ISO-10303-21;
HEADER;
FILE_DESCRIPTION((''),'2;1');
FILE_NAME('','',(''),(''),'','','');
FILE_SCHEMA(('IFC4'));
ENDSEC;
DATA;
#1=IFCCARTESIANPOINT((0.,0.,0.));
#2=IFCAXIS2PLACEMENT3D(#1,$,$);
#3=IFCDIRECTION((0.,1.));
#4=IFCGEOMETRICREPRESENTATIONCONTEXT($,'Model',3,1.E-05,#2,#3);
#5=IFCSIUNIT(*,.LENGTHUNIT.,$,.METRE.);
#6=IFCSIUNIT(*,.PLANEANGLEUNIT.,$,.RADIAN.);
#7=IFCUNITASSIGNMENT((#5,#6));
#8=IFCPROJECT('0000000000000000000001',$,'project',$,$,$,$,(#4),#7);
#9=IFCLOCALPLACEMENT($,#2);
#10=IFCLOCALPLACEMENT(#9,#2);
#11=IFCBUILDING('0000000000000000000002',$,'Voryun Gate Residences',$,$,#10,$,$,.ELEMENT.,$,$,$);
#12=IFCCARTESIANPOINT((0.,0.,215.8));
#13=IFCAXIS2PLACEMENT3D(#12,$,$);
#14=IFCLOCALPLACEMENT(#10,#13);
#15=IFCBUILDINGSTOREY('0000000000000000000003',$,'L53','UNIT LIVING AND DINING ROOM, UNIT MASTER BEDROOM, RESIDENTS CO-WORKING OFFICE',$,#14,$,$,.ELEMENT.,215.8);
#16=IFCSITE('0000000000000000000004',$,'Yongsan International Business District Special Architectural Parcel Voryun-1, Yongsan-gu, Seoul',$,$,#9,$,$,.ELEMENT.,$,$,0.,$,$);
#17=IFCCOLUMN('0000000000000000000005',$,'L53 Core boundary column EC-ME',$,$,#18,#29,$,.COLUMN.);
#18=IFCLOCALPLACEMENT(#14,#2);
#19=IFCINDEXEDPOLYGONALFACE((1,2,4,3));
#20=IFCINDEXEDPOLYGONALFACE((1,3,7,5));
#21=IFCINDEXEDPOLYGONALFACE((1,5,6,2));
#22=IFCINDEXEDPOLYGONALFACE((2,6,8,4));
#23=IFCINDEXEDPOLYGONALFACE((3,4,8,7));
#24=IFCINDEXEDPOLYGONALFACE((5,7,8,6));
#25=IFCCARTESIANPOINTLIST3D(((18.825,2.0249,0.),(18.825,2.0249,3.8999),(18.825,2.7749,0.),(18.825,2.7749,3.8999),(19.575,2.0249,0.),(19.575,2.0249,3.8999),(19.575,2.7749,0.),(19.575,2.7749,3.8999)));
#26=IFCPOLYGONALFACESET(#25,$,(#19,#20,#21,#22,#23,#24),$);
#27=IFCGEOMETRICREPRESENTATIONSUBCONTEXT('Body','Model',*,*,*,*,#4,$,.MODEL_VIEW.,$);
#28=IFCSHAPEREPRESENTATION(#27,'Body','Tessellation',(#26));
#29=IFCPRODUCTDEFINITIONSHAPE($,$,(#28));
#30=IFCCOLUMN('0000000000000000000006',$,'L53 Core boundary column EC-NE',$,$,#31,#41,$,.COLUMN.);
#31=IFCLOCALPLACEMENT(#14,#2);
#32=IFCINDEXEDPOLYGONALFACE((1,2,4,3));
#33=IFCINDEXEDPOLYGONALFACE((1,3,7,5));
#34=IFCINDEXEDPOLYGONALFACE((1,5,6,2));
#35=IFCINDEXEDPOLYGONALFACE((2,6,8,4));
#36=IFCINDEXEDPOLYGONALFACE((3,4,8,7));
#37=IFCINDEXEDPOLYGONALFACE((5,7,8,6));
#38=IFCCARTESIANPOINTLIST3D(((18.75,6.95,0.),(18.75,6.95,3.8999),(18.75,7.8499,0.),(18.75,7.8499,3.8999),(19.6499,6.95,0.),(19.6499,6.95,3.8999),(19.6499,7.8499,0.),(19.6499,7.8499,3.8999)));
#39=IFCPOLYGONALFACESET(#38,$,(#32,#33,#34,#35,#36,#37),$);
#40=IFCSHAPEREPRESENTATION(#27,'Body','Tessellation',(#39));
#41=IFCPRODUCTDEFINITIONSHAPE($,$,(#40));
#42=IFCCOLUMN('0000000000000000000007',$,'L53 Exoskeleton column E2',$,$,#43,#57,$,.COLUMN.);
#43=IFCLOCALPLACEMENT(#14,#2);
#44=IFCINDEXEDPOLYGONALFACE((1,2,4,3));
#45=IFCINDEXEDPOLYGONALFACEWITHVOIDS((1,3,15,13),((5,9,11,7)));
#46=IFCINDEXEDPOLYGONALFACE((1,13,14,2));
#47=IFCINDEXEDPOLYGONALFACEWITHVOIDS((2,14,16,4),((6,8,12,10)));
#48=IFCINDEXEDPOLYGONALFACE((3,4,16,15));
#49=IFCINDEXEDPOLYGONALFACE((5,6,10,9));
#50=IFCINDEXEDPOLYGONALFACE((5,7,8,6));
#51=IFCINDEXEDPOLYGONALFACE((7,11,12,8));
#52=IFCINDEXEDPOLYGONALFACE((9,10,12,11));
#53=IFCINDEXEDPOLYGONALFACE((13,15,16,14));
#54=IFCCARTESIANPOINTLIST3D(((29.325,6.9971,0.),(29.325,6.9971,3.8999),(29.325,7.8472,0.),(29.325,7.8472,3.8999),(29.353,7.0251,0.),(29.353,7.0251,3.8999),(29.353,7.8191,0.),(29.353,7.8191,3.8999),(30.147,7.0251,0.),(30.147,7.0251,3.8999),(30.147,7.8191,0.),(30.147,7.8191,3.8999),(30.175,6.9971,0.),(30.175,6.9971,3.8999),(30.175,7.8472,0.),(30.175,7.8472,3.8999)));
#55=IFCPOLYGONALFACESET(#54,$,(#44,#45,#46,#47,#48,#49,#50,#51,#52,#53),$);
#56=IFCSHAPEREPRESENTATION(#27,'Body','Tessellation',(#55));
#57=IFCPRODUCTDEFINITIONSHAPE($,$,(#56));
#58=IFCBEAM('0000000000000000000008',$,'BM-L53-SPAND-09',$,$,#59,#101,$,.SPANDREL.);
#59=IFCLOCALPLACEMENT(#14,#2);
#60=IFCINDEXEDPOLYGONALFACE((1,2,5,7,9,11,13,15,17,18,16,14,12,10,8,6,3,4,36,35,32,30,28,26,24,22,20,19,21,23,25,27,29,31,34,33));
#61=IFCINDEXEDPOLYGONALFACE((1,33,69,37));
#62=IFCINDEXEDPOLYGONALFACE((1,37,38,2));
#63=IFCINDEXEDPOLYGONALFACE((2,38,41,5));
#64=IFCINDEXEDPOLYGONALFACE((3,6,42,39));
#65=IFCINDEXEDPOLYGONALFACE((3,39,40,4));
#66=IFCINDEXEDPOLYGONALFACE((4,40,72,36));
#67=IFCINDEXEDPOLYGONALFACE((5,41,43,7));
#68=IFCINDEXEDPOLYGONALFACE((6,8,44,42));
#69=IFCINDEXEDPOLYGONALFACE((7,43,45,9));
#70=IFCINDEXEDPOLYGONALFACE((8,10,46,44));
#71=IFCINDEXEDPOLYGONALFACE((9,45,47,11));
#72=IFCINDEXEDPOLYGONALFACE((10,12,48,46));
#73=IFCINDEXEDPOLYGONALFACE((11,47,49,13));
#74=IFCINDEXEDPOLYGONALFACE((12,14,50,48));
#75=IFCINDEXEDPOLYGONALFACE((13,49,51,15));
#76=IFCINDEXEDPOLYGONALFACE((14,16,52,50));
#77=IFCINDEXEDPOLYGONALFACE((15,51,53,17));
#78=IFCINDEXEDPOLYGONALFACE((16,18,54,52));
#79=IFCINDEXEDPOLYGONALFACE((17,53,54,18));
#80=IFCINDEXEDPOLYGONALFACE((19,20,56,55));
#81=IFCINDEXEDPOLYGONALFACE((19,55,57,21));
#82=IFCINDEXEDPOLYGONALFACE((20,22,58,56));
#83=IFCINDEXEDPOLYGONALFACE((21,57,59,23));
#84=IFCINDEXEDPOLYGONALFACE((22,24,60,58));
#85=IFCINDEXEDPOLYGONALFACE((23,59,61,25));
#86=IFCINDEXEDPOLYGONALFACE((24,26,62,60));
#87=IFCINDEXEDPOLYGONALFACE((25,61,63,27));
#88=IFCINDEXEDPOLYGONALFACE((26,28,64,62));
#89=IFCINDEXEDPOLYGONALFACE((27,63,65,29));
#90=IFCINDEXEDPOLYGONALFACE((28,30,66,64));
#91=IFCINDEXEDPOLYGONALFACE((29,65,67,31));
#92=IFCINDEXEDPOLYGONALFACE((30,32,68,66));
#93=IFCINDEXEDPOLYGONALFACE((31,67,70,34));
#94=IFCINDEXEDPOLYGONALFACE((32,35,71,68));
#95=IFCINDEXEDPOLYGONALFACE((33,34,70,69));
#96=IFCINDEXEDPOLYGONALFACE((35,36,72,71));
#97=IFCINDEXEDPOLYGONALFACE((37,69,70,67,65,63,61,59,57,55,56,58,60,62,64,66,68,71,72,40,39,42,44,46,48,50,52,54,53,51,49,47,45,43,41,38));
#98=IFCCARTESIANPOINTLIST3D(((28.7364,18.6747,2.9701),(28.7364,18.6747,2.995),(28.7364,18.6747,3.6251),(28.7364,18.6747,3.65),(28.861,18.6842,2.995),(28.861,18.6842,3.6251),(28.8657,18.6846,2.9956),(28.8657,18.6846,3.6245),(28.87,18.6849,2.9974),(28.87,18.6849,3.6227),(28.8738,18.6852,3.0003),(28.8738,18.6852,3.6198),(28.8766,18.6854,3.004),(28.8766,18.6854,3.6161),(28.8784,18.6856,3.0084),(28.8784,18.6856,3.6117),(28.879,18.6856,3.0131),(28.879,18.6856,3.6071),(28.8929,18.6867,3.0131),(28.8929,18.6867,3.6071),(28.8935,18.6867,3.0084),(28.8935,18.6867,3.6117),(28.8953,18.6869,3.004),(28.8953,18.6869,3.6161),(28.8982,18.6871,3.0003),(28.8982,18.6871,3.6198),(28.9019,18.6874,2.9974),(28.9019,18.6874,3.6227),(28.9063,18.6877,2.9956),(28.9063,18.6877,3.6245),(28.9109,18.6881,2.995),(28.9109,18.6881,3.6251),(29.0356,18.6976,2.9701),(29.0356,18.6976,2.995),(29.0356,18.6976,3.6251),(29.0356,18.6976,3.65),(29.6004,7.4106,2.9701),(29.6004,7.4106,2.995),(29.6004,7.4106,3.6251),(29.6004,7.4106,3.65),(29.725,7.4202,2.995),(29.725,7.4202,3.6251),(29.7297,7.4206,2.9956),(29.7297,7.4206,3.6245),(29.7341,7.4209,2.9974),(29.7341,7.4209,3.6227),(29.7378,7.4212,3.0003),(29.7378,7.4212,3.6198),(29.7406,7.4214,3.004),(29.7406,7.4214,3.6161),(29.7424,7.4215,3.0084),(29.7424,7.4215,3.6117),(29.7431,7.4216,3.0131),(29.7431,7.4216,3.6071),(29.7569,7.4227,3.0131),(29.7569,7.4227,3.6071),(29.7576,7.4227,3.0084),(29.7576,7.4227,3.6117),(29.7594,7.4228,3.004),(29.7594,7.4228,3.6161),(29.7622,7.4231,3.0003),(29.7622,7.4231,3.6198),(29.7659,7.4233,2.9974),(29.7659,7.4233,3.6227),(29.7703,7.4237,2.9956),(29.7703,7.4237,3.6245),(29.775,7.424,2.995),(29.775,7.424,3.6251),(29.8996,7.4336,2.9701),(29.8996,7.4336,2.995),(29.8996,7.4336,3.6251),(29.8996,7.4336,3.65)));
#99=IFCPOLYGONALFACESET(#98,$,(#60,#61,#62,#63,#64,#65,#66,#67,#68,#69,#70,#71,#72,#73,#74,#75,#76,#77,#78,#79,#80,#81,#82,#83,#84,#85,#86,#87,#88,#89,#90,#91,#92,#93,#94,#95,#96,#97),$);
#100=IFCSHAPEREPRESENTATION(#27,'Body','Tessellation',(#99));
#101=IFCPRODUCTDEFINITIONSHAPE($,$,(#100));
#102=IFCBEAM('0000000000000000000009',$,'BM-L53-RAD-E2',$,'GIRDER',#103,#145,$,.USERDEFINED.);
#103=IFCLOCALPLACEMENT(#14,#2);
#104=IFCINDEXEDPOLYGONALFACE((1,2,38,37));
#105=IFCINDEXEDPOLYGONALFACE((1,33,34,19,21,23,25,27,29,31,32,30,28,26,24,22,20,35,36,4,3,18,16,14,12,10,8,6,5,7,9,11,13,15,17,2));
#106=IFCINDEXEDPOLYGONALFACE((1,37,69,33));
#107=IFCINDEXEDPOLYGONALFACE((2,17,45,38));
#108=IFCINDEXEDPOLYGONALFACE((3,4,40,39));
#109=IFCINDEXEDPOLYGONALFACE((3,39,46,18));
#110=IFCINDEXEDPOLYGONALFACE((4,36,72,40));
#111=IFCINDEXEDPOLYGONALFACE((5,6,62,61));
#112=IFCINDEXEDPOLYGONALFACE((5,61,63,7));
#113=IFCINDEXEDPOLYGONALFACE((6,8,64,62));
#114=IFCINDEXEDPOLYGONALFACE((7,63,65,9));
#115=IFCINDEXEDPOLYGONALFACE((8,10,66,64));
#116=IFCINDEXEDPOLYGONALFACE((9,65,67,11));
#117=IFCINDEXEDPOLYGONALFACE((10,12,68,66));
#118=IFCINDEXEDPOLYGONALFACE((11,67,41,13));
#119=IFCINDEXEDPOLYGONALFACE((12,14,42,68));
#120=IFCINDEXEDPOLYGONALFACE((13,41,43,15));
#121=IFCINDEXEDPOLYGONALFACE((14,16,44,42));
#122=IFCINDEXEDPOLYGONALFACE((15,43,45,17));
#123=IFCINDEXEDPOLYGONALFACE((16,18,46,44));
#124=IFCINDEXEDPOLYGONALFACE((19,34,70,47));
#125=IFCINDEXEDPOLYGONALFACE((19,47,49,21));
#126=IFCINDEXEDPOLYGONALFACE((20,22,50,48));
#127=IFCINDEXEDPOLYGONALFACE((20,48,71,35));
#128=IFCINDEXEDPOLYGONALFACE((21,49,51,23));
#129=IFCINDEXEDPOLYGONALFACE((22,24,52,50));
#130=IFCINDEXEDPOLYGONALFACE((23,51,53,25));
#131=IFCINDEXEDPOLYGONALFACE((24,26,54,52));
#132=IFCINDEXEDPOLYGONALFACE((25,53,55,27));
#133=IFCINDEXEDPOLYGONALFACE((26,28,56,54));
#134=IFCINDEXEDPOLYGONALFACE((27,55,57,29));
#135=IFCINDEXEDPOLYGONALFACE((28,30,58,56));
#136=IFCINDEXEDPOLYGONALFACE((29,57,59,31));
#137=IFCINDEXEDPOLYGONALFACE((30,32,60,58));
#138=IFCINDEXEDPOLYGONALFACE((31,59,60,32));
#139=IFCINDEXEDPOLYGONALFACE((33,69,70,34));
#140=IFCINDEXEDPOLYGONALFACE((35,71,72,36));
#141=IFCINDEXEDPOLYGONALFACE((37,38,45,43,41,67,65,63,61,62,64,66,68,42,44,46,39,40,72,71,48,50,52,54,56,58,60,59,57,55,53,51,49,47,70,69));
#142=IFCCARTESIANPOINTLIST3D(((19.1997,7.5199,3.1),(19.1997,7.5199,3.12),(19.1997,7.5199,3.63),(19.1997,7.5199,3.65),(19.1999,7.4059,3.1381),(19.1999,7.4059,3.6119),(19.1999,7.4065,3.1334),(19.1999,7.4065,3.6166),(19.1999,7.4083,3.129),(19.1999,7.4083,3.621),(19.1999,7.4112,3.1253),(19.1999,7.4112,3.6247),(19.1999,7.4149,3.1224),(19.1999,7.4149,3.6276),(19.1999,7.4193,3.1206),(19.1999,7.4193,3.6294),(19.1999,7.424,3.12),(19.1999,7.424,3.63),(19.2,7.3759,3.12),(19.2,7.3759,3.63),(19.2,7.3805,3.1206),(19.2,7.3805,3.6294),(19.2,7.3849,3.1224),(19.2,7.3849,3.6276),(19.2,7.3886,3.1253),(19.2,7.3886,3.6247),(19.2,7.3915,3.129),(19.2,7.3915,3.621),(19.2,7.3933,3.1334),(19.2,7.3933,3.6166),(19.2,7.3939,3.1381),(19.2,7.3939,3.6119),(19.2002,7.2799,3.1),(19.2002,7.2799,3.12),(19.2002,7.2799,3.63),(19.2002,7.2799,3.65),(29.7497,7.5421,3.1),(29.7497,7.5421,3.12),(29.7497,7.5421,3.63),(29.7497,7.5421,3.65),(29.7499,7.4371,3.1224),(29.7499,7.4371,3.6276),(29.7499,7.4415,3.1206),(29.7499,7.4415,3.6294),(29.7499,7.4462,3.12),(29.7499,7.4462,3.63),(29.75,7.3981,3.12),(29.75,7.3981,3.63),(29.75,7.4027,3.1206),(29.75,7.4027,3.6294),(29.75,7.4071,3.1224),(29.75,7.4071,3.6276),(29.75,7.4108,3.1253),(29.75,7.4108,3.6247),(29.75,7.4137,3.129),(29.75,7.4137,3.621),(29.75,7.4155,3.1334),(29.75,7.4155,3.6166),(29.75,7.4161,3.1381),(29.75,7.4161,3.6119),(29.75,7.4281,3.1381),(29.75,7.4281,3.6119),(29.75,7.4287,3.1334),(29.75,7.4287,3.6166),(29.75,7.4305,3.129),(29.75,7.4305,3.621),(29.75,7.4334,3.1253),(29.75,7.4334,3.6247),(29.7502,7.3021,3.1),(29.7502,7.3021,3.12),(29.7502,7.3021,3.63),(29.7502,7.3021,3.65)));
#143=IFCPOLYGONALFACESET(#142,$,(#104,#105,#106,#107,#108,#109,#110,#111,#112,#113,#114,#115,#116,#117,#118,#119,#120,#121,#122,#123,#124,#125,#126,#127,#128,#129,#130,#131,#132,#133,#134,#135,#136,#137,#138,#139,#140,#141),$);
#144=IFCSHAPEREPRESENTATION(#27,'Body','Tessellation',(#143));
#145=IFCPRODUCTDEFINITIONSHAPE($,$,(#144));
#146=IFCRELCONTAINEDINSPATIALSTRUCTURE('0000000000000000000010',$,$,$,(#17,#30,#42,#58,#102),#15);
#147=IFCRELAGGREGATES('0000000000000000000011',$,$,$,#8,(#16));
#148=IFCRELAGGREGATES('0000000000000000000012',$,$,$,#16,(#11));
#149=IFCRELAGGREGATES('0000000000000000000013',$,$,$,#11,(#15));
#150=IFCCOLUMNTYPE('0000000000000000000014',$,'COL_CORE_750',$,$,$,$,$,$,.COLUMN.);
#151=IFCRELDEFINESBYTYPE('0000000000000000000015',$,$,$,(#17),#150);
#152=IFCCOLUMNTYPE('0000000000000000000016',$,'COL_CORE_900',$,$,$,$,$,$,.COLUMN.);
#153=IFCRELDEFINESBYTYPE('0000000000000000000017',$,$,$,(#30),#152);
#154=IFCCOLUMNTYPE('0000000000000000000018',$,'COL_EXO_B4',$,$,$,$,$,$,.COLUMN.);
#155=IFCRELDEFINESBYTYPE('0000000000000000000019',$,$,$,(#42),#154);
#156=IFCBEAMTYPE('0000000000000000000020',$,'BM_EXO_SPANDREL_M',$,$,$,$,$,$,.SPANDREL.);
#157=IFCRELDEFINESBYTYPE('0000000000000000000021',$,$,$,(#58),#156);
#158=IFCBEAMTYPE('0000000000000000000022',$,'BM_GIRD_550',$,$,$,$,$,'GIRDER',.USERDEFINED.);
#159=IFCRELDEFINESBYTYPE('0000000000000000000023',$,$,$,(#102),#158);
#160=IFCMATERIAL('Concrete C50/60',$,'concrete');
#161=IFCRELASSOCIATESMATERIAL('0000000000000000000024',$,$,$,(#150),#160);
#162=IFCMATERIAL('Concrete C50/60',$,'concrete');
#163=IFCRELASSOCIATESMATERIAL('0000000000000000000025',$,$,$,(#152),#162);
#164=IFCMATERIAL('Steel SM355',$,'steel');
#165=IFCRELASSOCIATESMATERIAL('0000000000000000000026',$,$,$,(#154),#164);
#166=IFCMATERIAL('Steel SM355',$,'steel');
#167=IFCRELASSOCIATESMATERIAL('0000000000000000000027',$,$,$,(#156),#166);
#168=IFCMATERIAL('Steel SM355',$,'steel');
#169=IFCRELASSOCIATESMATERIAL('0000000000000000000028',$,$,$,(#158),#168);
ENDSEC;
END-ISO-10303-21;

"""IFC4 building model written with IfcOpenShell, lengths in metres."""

from ifc_helpers import new_model, si_unit, direction, frame, origin, origin_2d, place, context, subcontext, project, spatial, rectangle, hollow_rectangle, i_section, extrude, material, material_profile, profile_set, type_object, element, save


model = new_model("IFC4")

# Units and contexts
model_context = context("Model", 3, precision=1e-05, world=origin(), true_north=direction((0.0, 1.0)))
body_context = subcontext(model_context, "Body", "Model", "MODEL_VIEW")
ifc_project = project(units=[si_unit("LENGTHUNIT", "METRE"), si_unit("PLANEANGLEUNIT", "RADIAN")], contexts=[model_context])

# Site, building, storey
site_placement = place(None, origin())
site = spatial("IfcSite", under=ifc_project, at=site_placement, Name="Yongsan International Business District Special Architectural Parcel Voryun-1, Yongsan-gu, Seoul", CompositionType="ELEMENT", RefElevation=0.0)
building_placement = place(site_placement, origin())
building = spatial("IfcBuilding", under=site, at=building_placement, Name="Voryun Gate Residences", CompositionType="ELEMENT")
storey_placement = place(building_placement, frame((0.0, 0.0, 215.8)))
storey = spatial("IfcBuildingStorey", under=building, at=storey_placement, Name="L53", Description="UNIT LIVING AND DINING ROOM, UNIT MASTER BEDROOM, RESIDENTS CO-WORKING OFFICE", CompositionType="ELEMENT", Elevation=215.8)

# Columns
ifc_material_1 = material(Name="Concrete C50/60", Category="concrete")
ifc_material_profile_1 = material_profile(ifc_material_1, rectangle(XDim=0.75, YDim=0.75, at=origin_2d()), Name="RC-750x750")
ifc_profile_set_1 = profile_set([ifc_material_profile_1], Name="Concrete C50/60")
column_type_1 = type_object("IfcColumnType", Name="COL_CORE_750", PredefinedType="COLUMN", material=ifc_profile_set_1)
column_1_placement = place(storey_placement, frame((19.2, 2.3999, 0.0), z_axis=(0.0, 0.0, 1.0), x_axis=(1.0, 0.0, 0.0)))
element("IfcColumn", 1, at=column_1_placement, inside=storey, type_object=column_type_1, Name="L53 Core boundary column EC-ME", PredefinedType="COLUMN", context=body_context, shape_type="SweptSolid", body=[
    extrude(rectangle(XDim=0.75, YDim=0.75, at=origin_2d()), origin(), (0.0, 0.0, 1.0), 3.8999),
])
ifc_material_2 = material(Name="Concrete C50/60", Category="concrete")
ifc_material_profile_2 = material_profile(ifc_material_2, rectangle(XDim=0.8999, YDim=0.8999, at=origin_2d()), Name="RC-900x900")
ifc_profile_set_2 = profile_set([ifc_material_profile_2], Name="Concrete C50/60")
column_type_2 = type_object("IfcColumnType", Name="COL_CORE_900", PredefinedType="COLUMN", material=ifc_profile_set_2)
column_2_placement = place(storey_placement, frame((19.2, 7.3999, 0.0), z_axis=(0.0, 0.0, 1.0), x_axis=(1.0, 0.0, 0.0)))
element("IfcColumn", 2, at=column_2_placement, inside=storey, type_object=column_type_2, Name="L53 Core boundary column EC-NE", PredefinedType="COLUMN", context=body_context, shape_type="SweptSolid", body=[
    extrude(rectangle(XDim=0.8999, YDim=0.8999, at=origin_2d()), origin(), (0.0, 0.0, 1.0), 3.8999),
])
ifc_material_3 = material(Name="Steel SM355", Category="steel")
ifc_material_profile_3 = material_profile(ifc_material_3, hollow_rectangle(XDim=0.8501, YDim=0.8501, WallThickness=0.0281, at=origin_2d()), Name="BOX-850x850x28")
ifc_profile_set_3 = profile_set([ifc_material_profile_3], Name="Steel SM355")
column_type_3 = type_object("IfcColumnType", Name="COL_EXO_B4", PredefinedType="COLUMN", material=ifc_profile_set_3)
column_3_placement = place(storey_placement, frame((29.75, 7.4221, 0.0), z_axis=(0.0, 0.0, 1.0), x_axis=(1.0, 0.0, 0.0)))
element("IfcColumn", 3, at=column_3_placement, inside=storey, type_object=column_type_3, Name="L53 Exoskeleton column E2", PredefinedType="COLUMN", context=body_context, shape_type="SweptSolid", body=[
    extrude(hollow_rectangle(XDim=0.8501, YDim=0.8501, WallThickness=0.0281, at=origin_2d()), origin(), (0.0, 0.0, 1.0), 3.8999),
])

# Beams
ifc_material_4 = material(Name="Steel SM355", Category="steel")
ifc_material_profile_4 = material_profile(ifc_material_4, i_section(OverallWidth=0.3, OverallDepth=0.6799, WebThickness=0.0139, FlangeThickness=0.0249, FilletRadius=0.0181, at=origin_2d()), Name="H-680x300x14x25")
ifc_profile_set_4 = profile_set([ifc_material_profile_4], Name="Steel SM355")
beam_type_1 = type_object("IfcBeamType", Name="BM_EXO_SPANDREL_M", PredefinedType="SPANDREL", material=ifc_profile_set_4)
beam_1_placement = place(storey_placement, frame((29.75, 7.4221, 3.3101), z_axis=(-0.076482, 0.997071, 0.0), x_axis=(-0.997071, -0.076482, 0.0)))
element("IfcBeam", 4, at=beam_1_placement, inside=storey, type_object=beam_type_1, Name="BM-L53-SPAND-09", PredefinedType="SPANDREL", context=body_context, shape_type="SweptSolid", body=[
    extrude(i_section(OverallWidth=0.3, OverallDepth=0.6799, WebThickness=0.0139, FlangeThickness=0.0249, FilletRadius=0.0181, at=origin_2d()), origin(), (0.0, 0.0, 1.0), 11.2971),
])
ifc_material_5 = material(Name="Steel SM355", Category="steel")
ifc_material_profile_5 = material_profile(ifc_material_5, i_section(OverallWidth=0.24, OverallDepth=0.55, WebThickness=0.012, FlangeThickness=0.02, FilletRadius=0.0181, at=origin_2d()), Name="H-550x240x12x20")
ifc_profile_set_5 = profile_set([ifc_material_profile_5], Name="Steel SM355")
beam_type_2 = type_object("IfcBeamType", Name="BM_GIRD_550", ElementType="GIRDER", PredefinedType="USERDEFINED", material=ifc_profile_set_5)
beam_2_placement = place(storey_placement, frame((19.2, 7.3999, 3.375), z_axis=(0.999998, 0.002106, 0.0), x_axis=(-0.002106, 0.999998, 0.0)))
element("IfcBeam", 5, at=beam_2_placement, inside=storey, type_object=beam_type_2, Name="BM-L53-RAD-E2", ObjectType="GIRDER", PredefinedType="USERDEFINED", context=body_context, shape_type="SweptSolid", body=[
    extrude(i_section(OverallWidth=0.24, OverallDepth=0.55, WebThickness=0.012, FlangeThickness=0.02, FilletRadius=0.0181, at=origin_2d()), origin(), (0.0, 0.0, 1.0), 10.55),
])

save(model, "model.ifc")
